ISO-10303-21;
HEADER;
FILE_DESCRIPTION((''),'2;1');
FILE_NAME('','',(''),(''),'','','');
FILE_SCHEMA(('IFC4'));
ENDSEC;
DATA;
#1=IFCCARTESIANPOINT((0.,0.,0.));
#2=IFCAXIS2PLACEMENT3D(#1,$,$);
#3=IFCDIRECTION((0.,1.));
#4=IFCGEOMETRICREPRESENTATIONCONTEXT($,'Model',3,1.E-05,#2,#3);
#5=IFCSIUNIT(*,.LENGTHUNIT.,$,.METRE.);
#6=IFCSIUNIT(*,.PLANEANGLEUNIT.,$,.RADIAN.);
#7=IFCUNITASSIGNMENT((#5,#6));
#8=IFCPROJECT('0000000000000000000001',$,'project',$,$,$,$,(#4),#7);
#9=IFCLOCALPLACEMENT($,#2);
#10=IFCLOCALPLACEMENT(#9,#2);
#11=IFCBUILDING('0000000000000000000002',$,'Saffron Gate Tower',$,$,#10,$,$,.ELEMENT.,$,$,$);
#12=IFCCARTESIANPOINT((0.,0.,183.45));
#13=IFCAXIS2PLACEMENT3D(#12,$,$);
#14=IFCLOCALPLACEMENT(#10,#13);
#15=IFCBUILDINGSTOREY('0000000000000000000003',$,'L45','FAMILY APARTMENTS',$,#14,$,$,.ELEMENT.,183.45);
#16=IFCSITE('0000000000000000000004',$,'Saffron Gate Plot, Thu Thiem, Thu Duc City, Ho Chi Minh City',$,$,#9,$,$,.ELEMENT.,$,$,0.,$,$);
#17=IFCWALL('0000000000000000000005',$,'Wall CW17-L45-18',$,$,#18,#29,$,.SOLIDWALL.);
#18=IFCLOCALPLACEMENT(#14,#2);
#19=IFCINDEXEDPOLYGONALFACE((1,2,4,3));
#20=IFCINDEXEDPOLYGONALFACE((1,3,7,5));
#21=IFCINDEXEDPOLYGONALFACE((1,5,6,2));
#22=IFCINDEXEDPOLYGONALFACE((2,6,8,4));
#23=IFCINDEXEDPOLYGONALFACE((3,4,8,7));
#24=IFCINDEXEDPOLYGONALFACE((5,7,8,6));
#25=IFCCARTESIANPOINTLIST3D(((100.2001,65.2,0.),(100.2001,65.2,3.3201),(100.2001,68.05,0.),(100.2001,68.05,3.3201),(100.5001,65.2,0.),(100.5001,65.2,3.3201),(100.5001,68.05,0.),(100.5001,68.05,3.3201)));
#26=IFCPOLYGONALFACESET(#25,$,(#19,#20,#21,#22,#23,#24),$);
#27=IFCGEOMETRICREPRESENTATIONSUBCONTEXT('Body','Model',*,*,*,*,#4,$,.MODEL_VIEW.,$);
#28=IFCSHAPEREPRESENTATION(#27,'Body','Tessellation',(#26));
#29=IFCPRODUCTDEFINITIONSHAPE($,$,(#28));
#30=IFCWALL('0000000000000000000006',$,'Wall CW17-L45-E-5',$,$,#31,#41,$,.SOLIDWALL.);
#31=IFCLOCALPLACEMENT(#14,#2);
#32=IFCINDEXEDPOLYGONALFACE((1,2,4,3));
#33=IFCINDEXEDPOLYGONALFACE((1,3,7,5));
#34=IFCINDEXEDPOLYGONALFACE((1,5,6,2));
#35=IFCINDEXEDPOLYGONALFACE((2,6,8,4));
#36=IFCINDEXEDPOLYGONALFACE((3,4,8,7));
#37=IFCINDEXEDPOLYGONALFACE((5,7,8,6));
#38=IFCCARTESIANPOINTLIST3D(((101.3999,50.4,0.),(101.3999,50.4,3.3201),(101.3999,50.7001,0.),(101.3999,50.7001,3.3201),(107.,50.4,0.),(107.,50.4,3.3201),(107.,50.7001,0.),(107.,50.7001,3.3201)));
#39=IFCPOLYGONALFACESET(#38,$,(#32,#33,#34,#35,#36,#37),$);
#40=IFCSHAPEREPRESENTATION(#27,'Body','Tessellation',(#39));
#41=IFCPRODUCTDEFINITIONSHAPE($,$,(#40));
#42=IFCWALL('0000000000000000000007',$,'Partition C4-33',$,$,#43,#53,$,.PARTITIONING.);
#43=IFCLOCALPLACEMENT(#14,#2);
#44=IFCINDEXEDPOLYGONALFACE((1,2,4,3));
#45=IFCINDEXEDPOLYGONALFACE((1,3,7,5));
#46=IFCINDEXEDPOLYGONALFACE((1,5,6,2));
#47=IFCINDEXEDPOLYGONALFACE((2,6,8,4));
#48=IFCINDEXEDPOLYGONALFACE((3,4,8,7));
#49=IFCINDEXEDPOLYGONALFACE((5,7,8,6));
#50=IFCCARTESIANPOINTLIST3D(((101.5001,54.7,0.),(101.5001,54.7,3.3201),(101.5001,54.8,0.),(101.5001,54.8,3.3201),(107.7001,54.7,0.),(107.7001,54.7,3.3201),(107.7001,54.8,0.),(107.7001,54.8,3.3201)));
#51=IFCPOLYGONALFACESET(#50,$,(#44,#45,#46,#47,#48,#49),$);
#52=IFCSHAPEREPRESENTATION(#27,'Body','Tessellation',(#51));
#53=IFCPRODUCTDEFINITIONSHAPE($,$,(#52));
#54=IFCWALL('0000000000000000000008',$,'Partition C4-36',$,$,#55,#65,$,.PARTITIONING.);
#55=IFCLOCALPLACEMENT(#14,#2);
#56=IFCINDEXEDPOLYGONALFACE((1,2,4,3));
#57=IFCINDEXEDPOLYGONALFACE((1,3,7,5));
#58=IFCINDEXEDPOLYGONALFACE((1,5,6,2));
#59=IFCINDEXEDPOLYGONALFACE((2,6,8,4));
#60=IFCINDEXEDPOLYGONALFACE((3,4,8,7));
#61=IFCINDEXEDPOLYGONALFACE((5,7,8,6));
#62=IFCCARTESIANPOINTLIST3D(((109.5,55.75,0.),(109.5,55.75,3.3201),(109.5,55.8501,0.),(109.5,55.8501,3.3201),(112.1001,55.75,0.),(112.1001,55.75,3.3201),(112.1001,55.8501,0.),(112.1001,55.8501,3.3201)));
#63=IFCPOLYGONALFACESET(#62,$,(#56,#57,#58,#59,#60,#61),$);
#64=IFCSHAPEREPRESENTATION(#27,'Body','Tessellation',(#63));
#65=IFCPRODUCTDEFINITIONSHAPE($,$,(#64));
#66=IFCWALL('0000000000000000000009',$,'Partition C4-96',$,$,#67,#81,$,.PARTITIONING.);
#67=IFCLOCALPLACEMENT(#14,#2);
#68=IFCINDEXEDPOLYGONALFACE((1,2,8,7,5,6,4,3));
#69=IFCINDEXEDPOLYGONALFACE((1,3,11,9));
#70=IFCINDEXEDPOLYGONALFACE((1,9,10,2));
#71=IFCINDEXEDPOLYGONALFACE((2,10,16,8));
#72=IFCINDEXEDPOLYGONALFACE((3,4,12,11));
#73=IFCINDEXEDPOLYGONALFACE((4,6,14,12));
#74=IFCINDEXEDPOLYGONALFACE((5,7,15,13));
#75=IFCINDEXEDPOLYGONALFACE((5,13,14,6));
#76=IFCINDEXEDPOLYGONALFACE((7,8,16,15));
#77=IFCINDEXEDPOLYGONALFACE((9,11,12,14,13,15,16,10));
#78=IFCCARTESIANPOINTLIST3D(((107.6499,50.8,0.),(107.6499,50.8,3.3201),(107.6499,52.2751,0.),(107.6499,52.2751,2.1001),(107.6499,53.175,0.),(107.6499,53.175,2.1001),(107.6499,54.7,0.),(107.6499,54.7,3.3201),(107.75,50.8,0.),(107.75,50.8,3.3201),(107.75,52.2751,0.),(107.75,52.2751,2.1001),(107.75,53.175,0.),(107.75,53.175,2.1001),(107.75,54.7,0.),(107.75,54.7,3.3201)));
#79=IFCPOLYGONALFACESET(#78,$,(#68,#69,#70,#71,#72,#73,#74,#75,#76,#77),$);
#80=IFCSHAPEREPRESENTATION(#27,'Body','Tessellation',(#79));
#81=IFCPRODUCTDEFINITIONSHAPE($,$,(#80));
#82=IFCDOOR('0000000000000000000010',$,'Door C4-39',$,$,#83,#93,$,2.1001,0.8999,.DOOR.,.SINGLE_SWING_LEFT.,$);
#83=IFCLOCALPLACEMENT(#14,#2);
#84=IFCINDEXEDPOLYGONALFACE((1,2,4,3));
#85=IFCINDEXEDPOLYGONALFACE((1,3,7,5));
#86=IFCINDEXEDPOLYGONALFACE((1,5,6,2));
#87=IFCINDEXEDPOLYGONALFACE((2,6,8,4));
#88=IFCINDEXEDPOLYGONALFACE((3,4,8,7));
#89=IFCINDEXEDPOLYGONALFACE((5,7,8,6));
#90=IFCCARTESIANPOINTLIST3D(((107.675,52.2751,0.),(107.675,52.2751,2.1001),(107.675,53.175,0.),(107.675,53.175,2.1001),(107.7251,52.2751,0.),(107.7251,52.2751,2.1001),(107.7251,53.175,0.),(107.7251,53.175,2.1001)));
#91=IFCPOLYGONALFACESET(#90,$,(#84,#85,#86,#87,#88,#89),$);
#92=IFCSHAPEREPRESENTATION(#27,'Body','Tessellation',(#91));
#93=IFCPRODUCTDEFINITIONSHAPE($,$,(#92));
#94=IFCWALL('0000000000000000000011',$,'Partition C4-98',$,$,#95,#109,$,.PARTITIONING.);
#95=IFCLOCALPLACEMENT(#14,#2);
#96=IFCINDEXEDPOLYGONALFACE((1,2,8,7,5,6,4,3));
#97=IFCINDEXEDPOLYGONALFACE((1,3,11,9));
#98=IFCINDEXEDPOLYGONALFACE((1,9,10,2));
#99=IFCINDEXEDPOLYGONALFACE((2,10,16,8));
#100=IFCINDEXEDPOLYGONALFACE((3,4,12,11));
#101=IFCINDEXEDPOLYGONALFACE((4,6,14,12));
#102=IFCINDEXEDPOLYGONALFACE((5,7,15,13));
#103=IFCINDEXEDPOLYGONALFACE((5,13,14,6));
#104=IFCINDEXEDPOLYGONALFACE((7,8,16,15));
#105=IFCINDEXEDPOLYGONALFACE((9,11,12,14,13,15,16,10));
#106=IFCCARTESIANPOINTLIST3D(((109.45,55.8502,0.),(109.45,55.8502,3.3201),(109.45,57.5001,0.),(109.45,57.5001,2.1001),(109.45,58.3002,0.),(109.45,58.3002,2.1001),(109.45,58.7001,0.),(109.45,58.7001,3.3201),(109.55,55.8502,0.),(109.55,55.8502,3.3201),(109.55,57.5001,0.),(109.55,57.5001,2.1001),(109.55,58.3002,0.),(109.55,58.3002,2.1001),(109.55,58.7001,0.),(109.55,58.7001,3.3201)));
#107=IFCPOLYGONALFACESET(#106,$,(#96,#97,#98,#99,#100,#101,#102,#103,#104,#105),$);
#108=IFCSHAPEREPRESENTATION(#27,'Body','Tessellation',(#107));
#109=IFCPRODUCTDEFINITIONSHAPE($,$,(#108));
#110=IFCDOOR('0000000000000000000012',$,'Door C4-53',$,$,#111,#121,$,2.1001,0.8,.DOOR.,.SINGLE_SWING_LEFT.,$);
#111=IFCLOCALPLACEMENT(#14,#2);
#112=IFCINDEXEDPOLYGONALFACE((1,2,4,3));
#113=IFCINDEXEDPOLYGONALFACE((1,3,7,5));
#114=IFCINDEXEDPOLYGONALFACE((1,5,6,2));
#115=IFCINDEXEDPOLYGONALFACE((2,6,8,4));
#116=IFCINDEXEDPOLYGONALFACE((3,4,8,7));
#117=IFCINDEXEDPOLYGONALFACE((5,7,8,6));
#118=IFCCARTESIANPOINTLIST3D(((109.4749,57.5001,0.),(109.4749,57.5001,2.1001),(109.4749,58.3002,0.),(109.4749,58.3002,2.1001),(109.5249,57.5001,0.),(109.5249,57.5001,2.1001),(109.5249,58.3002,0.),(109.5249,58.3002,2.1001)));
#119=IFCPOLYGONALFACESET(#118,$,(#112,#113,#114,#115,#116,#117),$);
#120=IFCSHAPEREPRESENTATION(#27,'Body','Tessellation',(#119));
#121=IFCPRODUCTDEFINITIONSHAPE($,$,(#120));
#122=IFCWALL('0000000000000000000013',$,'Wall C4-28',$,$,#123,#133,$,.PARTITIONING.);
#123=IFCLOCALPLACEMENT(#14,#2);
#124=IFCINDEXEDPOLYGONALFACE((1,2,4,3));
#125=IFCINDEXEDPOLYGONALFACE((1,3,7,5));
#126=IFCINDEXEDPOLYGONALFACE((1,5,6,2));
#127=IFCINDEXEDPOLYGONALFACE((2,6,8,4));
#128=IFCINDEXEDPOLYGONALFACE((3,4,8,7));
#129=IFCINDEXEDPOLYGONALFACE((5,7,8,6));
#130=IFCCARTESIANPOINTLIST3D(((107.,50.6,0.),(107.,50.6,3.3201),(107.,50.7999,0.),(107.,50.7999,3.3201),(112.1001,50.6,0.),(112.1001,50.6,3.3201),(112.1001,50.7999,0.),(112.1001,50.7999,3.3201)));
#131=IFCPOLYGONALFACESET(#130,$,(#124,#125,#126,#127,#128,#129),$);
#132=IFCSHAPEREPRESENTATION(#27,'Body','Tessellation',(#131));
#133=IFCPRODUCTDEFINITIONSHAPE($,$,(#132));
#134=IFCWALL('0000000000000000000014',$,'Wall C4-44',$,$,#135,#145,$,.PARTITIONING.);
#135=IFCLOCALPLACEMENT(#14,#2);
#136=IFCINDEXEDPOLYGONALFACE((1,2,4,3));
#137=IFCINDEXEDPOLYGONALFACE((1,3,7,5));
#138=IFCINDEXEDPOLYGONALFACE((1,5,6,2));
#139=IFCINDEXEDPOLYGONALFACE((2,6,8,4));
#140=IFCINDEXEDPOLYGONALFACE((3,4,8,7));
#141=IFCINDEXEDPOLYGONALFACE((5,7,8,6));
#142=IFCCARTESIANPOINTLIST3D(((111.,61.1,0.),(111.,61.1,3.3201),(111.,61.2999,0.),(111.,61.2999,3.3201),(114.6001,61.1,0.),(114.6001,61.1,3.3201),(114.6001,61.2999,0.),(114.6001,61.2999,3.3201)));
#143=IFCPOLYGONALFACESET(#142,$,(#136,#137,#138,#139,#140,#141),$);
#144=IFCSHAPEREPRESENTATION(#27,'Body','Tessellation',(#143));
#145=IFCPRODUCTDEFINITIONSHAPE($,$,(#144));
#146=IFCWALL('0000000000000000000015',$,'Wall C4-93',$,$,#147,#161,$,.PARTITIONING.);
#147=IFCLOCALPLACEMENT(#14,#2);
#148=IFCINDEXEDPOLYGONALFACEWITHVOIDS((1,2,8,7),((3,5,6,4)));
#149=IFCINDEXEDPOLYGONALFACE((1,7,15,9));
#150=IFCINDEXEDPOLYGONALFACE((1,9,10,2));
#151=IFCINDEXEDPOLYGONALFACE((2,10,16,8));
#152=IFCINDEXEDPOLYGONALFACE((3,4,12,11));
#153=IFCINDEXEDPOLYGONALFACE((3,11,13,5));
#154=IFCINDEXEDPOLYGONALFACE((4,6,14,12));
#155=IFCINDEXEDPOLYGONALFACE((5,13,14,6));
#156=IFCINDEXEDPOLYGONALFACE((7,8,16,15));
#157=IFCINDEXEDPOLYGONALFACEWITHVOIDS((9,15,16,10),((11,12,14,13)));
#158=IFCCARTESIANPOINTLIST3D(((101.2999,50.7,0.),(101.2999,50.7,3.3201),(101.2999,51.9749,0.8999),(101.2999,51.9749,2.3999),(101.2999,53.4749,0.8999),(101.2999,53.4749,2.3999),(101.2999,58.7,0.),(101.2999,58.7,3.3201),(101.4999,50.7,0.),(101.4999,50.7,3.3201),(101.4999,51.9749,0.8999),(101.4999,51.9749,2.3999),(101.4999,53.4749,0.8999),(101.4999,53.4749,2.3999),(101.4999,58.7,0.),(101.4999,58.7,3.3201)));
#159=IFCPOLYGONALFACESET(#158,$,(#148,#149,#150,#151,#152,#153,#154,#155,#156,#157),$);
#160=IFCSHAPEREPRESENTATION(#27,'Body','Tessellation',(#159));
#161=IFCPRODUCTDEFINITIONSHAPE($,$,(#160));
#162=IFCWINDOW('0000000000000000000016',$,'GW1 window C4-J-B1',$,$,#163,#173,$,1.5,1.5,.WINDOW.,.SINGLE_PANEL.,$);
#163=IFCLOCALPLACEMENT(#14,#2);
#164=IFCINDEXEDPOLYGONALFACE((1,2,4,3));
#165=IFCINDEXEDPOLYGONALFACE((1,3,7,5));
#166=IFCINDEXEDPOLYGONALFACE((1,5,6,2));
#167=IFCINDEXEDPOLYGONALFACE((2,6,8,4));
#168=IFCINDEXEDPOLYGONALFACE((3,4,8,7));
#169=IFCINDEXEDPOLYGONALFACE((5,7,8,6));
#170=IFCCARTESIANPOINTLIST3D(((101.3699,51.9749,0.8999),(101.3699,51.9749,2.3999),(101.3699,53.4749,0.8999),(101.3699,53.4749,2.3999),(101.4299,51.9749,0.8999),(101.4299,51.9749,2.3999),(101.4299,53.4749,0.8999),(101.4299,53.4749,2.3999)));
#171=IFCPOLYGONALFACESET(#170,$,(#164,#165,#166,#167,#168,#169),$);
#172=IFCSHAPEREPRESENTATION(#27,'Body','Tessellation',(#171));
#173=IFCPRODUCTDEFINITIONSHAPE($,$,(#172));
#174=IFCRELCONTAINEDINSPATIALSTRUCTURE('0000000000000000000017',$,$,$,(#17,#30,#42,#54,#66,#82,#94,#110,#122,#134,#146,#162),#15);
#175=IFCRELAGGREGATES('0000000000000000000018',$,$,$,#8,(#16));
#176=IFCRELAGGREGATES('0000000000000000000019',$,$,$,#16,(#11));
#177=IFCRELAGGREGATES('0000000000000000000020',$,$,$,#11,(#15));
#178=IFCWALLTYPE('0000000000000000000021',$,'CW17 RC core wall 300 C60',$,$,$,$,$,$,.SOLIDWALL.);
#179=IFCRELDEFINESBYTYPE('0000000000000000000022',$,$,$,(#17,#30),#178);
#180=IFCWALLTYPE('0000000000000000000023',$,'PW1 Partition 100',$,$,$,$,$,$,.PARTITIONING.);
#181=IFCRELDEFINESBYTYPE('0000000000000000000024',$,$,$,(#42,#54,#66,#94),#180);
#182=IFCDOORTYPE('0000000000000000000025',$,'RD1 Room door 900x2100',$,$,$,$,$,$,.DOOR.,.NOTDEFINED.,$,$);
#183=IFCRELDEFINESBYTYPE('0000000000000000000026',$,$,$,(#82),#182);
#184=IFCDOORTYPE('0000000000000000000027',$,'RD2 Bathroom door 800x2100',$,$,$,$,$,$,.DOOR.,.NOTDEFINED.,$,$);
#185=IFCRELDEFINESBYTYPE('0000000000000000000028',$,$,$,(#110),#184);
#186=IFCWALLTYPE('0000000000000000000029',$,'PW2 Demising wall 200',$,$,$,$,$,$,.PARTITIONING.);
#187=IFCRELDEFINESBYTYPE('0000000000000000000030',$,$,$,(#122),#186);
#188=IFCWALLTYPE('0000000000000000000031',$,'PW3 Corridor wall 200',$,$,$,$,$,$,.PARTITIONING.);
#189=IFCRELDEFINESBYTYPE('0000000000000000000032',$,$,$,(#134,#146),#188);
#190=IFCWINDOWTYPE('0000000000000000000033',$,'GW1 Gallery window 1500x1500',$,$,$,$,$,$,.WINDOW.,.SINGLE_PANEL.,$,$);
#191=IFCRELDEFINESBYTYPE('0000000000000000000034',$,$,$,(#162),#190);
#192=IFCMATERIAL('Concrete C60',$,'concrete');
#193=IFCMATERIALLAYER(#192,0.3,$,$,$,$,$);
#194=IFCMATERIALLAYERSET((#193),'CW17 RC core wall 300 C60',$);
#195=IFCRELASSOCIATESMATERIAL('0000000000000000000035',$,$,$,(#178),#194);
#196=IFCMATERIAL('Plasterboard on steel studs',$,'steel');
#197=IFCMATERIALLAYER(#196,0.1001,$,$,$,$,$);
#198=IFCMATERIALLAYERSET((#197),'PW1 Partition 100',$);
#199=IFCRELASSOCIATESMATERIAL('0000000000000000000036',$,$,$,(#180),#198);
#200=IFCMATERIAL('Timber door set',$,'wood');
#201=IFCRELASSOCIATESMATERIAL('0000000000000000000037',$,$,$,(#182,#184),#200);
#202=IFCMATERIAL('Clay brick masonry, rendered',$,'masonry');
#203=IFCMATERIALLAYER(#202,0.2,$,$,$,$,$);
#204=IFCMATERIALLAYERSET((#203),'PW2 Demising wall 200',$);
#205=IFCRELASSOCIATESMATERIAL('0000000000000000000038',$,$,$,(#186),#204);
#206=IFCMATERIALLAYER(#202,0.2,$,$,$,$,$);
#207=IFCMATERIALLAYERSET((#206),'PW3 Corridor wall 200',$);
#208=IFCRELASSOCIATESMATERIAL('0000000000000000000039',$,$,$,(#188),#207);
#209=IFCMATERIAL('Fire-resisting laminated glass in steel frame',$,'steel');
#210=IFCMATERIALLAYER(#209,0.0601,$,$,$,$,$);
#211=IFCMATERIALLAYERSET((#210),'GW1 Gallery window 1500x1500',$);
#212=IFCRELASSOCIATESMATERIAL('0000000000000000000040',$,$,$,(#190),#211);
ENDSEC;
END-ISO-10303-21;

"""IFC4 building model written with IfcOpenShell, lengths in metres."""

from ifc_helpers import new_model, si_unit, direction, frame, frame_2d, origin, place, context, subcontext, project, spatial, rectangle, extrude, material, layer, layer_set, type_object, element, fill, save


model = new_model("IFC4")

# Units and contexts
model_context = context("Model", 3, precision=1e-05, world=origin(), true_north=direction((0.0, 1.0)))
body_context = subcontext(model_context, "Body", "Model", "MODEL_VIEW")
ifc_project = project(units=[si_unit("LENGTHUNIT", "METRE"), si_unit("PLANEANGLEUNIT", "RADIAN")], contexts=[model_context])

# Site, building, storey
site_placement = place(None, origin())
site = spatial("IfcSite", under=ifc_project, at=site_placement, Name="Saffron Gate Plot, Thu Thiem, Thu Duc City, Ho Chi Minh City", CompositionType="ELEMENT", RefElevation=0.0)
building_placement = place(site_placement, origin())
building = spatial("IfcBuilding", under=site, at=building_placement, Name="Saffron Gate Tower", CompositionType="ELEMENT")
storey_placement = place(building_placement, frame((0.0, 0.0, 183.45)))
storey = spatial("IfcBuildingStorey", under=building, at=storey_placement, Name="L45", Description="FAMILY APARTMENTS", CompositionType="ELEMENT", Elevation=183.45)

# Shared definitions
ifc_material_1 = material(Name="Concrete C60", Category="concrete")

# Walls
ifc_layer_1 = layer(ifc_material_1, 0.3)
ifc_layer_set_1 = layer_set([ifc_layer_1], Name="CW17 RC core wall 300 C60")
wall_type_1 = type_object("IfcWallType", Name="CW17 RC core wall 300 C60", PredefinedType="SOLIDWALL", material=ifc_layer_set_1)
wall_1_placement = place(storey_placement, frame((100.3501, 65.2, 0.0), z_axis=(0.0, 0.0, 1.0), x_axis=(0.0, 1.0, 0.0)))
element("IfcWall", 1, at=wall_1_placement, inside=storey, type_object=wall_type_1, Name="Wall CW17-L45-18", PredefinedType="SOLIDWALL", context=body_context, shape_type="SweptSolid", body=[
    extrude(rectangle(XDim=2.8501, YDim=0.3, at=frame_2d((1.425, 0.0))), origin(), (0.0, 0.0, 1.0), 3.3201),
])
wall_2_placement = place(storey_placement, frame((101.3999, 50.55, 0.0), z_axis=(0.0, 0.0, 1.0), x_axis=(1.0, 0.0, 0.0)))
element("IfcWall", 2, at=wall_2_placement, inside=storey, type_object=wall_type_1, Name="Wall CW17-L45-E-5", PredefinedType="SOLIDWALL", context=body_context, shape_type="SweptSolid", body=[
    extrude(rectangle(XDim=5.6001, YDim=0.3, at=frame_2d((2.8, 0.0))), origin(), (0.0, 0.0, 1.0), 3.3201),
])
ifc_material_2 = material(Name="Plasterboard on steel studs", Category="steel")
ifc_layer_2 = layer(ifc_material_2, 0.1001)
ifc_layer_set_2 = layer_set([ifc_layer_2], Name="PW1 Partition 100")
wall_type_2 = type_object("IfcWallType", Name="PW1 Partition 100", PredefinedType="PARTITIONING", material=ifc_layer_set_2)
wall_3_placement = place(storey_placement, frame((101.5, 54.75, 0.0), z_axis=(0.0, 0.0, 1.0), x_axis=(1.0, 0.0, 0.0)))
element("IfcWall", 3, at=wall_3_placement, inside=storey, type_object=wall_type_2, Name="Partition C4-33", PredefinedType="PARTITIONING", context=body_context, shape_type="SweptSolid", body=[
    extrude(rectangle(XDim=6.2, YDim=0.1001, at=frame_2d((3.1001, 0.0))), origin(), (0.0, 0.0, 1.0), 3.3201),
])
wall_4_placement = place(storey_placement, frame((109.5, 55.8, 0.0), z_axis=(0.0, 0.0, 1.0), x_axis=(1.0, 0.0, 0.0)))
element("IfcWall", 4, at=wall_4_placement, inside=storey, type_object=wall_type_2, Name="Partition C4-36", PredefinedType="PARTITIONING", context=body_context, shape_type="SweptSolid", body=[
    extrude(rectangle(XDim=2.6001, YDim=0.1001, at=frame_2d((1.3, 0.0))), origin(), (0.0, 0.0, 1.0), 3.3201),
])

# Walls, openings, doors
wall_5_placement = place(storey_placement, frame((107.7, 50.8, 0.0), z_axis=(0.0, 0.0, 1.0), x_axis=(0.0, 1.0, 0.0)))
wall_5 = element("IfcWall", 5, at=wall_5_placement, inside=storey, type_object=wall_type_2, Name="Partition C4-96", PredefinedType="PARTITIONING", context=body_context, shape_type="SweptSolid", body=[
    extrude(rectangle(XDim=3.8999, YDim=0.1001, at=frame_2d((1.95, 0.0))), origin(), (0.0, 0.0, 1.0), 3.3201),
])
opening_1_placement = place(wall_5_placement, frame((1.4751, 0.0, 0.0)))
opening_1 = element("IfcOpeningElement", 6, at=opening_1_placement, cuts=wall_5, PredefinedType="OPENING", context=body_context, shape_type="SweptSolid", body=[
    extrude(rectangle(XDim=0.8999, YDim=2.1001, at=frame_2d((0.45, 1.05))), frame((0.0, 0.0601, 0.0), z_axis=(0.0, -1.0, 0.0), x_axis=(1.0, 0.0, 0.0)), (0.0, 0.0, 1.0), 0.1201),
])
ifc_material_3 = material(Name="Timber door set", Category="wood")
door_type_1 = type_object("IfcDoorType", Name="RD1 Room door 900x2100", OperationType="NOTDEFINED", PredefinedType="DOOR", material=ifc_material_3)
door_1_placement = place(opening_1_placement, origin())
door_1 = element("IfcDoor", 7, at=door_1_placement, inside=storey, type_object=door_type_1, Name="Door C4-39", OperationType="SINGLE_SWING_LEFT", OverallHeight=2.1001, OverallWidth=0.8999, PredefinedType="DOOR", context=body_context, shape_type="SweptSolid", body=[
    extrude(rectangle(XDim=0.8999, YDim=2.1001, at=frame_2d((0.45, 1.05))), frame((0.0, 0.0249, 0.0), z_axis=(0.0, -1.0, 0.0), x_axis=(1.0, 0.0, 0.0)), (0.0, 0.0, 1.0), 0.05),
])
fill(opening_1, door_1)
wall_6_placement = place(storey_placement, frame((109.5, 58.7, 0.0), z_axis=(0.0, 0.0, 1.0), x_axis=(0.0, -1.0, 0.0)))
wall_6 = element("IfcWall", 8, at=wall_6_placement, inside=storey, type_object=wall_type_2, Name="Partition C4-98", PredefinedType="PARTITIONING", context=body_context, shape_type="SweptSolid", body=[
    extrude(rectangle(XDim=2.8499, YDim=0.1001, at=frame_2d((1.4248, 0.0))), origin(), (0.0, 0.0, 1.0), 3.3201),
])
opening_2_placement = place(wall_6_placement, frame((0.3999, 0.0, 0.0)))
opening_2 = element("IfcOpeningElement", 9, at=opening_2_placement, cuts=wall_6, PredefinedType="OPENING", context=body_context, shape_type="SweptSolid", body=[
    extrude(rectangle(XDim=0.8, YDim=2.1001, at=frame_2d((0.3999, 1.05))), frame((0.0, 0.0601, 0.0), z_axis=(0.0, -1.0, 0.0), x_axis=(1.0, 0.0, 0.0)), (0.0, 0.0, 1.0), 0.1201),
])
door_type_2 = type_object("IfcDoorType", Name="RD2 Bathroom door 800x2100", OperationType="NOTDEFINED", PredefinedType="DOOR", material=ifc_material_3)
door_2_placement = place(opening_2_placement, origin())
door_2 = element("IfcDoor", 10, at=door_2_placement, inside=storey, type_object=door_type_2, Name="Door C4-53", OperationType="SINGLE_SWING_LEFT", OverallHeight=2.1001, OverallWidth=0.8, PredefinedType="DOOR", context=body_context, shape_type="SweptSolid", body=[
    extrude(rectangle(XDim=0.8, YDim=2.1001, at=frame_2d((0.3999, 1.05))), frame((0.0, 0.0249, 0.0), z_axis=(0.0, -1.0, 0.0), x_axis=(1.0, 0.0, 0.0)), (0.0, 0.0, 1.0), 0.05),
])
fill(opening_2, door_2)

# Walls
ifc_material_4 = material(Name="Clay brick masonry, rendered", Category="masonry")
ifc_layer_3 = layer(ifc_material_4, 0.2)
ifc_layer_set_3 = layer_set([ifc_layer_3], Name="PW2 Demising wall 200")
wall_type_3 = type_object("IfcWallType", Name="PW2 Demising wall 200", PredefinedType="PARTITIONING", material=ifc_layer_set_3)
wall_7_placement = place(storey_placement, frame((107.0, 50.7, 0.0), z_axis=(0.0, 0.0, 1.0), x_axis=(1.0, 0.0, 0.0)))
element("IfcWall", 11, at=wall_7_placement, inside=storey, type_object=wall_type_3, Name="Wall C4-28", PredefinedType="PARTITIONING", context=body_context, shape_type="SweptSolid", body=[
    extrude(rectangle(XDim=5.1001, YDim=0.2, at=frame_2d((2.55, 0.0))), origin(), (0.0, 0.0, 1.0), 3.3201),
])
ifc_layer_4 = layer(ifc_material_4, 0.2)
ifc_layer_set_4 = layer_set([ifc_layer_4], Name="PW3 Corridor wall 200")
wall_type_4 = type_object("IfcWallType", Name="PW3 Corridor wall 200", PredefinedType="PARTITIONING", material=ifc_layer_set_4)
wall_8_placement = place(storey_placement, frame((111.0, 61.2, 0.0), z_axis=(0.0, 0.0, 1.0), x_axis=(1.0, 0.0, 0.0)))
element("IfcWall", 12, at=wall_8_placement, inside=storey, type_object=wall_type_4, Name="Wall C4-44", PredefinedType="PARTITIONING", context=body_context, shape_type="SweptSolid", body=[
    extrude(rectangle(XDim=3.6001, YDim=0.2, at=frame_2d((1.8, 0.0))), origin(), (0.0, 0.0, 1.0), 3.3201),
])

# Wall, opening, window
wall_9_placement = place(storey_placement, frame((101.3999, 58.7, 0.0), z_axis=(0.0, 0.0, 1.0), x_axis=(0.0, -1.0, 0.0)))
wall_9 = element("IfcWall", 13, at=wall_9_placement, inside=storey, type_object=wall_type_4, Name="Wall C4-93", PredefinedType="PARTITIONING", context=body_context, shape_type="SweptSolid", body=[
    extrude(rectangle(XDim=8.0, YDim=0.2, at=frame_2d((4.0, 0.0))), origin(), (0.0, 0.0, 1.0), 3.3201),
])
opening_3_placement = place(wall_9_placement, frame((5.2251, 0.0, 0.8999)))
opening_3 = element("IfcOpeningElement", 14, at=opening_3_placement, cuts=wall_9, PredefinedType="OPENING", context=body_context, shape_type="SweptSolid", body=[
    extrude(rectangle(XDim=1.5, YDim=1.5, at=frame_2d((0.75, 0.75))), frame((0.0, 0.1099, 0.0), z_axis=(0.0, -1.0, 0.0), x_axis=(1.0, 0.0, 0.0)), (0.0, 0.0, 1.0), 0.22),
])
ifc_material_5 = material(Name="Fire-resisting laminated glass in steel frame", Category="steel")
ifc_layer_5 = layer(ifc_material_5, 0.0601)
ifc_layer_set_5 = layer_set([ifc_layer_5], Name="GW1 Gallery window 1500x1500")
window_type = type_object("IfcWindowType", Name="GW1 Gallery window 1500x1500", PartitioningType="SINGLE_PANEL", PredefinedType="WINDOW", material=ifc_layer_set_5)
window_placement = place(opening_3_placement, origin())
window = element("IfcWindow", 15, at=window_placement, inside=storey, type_object=window_type, Name="GW1 window C4-J-B1", OverallHeight=1.5, OverallWidth=1.5, PartitioningType="SINGLE_PANEL", PredefinedType="WINDOW", context=body_context, shape_type="SweptSolid", body=[
    extrude(rectangle(XDim=1.5, YDim=1.5, at=frame_2d((0.75, 0.75))), frame((0.0, 0.03, 0.0), z_axis=(0.0, -1.0, 0.0), x_axis=(1.0, 0.0, 0.0)), (0.0, 0.0, 1.0), 0.0601),
])
fill(opening_3, window)

save(model, "model.ifc")
